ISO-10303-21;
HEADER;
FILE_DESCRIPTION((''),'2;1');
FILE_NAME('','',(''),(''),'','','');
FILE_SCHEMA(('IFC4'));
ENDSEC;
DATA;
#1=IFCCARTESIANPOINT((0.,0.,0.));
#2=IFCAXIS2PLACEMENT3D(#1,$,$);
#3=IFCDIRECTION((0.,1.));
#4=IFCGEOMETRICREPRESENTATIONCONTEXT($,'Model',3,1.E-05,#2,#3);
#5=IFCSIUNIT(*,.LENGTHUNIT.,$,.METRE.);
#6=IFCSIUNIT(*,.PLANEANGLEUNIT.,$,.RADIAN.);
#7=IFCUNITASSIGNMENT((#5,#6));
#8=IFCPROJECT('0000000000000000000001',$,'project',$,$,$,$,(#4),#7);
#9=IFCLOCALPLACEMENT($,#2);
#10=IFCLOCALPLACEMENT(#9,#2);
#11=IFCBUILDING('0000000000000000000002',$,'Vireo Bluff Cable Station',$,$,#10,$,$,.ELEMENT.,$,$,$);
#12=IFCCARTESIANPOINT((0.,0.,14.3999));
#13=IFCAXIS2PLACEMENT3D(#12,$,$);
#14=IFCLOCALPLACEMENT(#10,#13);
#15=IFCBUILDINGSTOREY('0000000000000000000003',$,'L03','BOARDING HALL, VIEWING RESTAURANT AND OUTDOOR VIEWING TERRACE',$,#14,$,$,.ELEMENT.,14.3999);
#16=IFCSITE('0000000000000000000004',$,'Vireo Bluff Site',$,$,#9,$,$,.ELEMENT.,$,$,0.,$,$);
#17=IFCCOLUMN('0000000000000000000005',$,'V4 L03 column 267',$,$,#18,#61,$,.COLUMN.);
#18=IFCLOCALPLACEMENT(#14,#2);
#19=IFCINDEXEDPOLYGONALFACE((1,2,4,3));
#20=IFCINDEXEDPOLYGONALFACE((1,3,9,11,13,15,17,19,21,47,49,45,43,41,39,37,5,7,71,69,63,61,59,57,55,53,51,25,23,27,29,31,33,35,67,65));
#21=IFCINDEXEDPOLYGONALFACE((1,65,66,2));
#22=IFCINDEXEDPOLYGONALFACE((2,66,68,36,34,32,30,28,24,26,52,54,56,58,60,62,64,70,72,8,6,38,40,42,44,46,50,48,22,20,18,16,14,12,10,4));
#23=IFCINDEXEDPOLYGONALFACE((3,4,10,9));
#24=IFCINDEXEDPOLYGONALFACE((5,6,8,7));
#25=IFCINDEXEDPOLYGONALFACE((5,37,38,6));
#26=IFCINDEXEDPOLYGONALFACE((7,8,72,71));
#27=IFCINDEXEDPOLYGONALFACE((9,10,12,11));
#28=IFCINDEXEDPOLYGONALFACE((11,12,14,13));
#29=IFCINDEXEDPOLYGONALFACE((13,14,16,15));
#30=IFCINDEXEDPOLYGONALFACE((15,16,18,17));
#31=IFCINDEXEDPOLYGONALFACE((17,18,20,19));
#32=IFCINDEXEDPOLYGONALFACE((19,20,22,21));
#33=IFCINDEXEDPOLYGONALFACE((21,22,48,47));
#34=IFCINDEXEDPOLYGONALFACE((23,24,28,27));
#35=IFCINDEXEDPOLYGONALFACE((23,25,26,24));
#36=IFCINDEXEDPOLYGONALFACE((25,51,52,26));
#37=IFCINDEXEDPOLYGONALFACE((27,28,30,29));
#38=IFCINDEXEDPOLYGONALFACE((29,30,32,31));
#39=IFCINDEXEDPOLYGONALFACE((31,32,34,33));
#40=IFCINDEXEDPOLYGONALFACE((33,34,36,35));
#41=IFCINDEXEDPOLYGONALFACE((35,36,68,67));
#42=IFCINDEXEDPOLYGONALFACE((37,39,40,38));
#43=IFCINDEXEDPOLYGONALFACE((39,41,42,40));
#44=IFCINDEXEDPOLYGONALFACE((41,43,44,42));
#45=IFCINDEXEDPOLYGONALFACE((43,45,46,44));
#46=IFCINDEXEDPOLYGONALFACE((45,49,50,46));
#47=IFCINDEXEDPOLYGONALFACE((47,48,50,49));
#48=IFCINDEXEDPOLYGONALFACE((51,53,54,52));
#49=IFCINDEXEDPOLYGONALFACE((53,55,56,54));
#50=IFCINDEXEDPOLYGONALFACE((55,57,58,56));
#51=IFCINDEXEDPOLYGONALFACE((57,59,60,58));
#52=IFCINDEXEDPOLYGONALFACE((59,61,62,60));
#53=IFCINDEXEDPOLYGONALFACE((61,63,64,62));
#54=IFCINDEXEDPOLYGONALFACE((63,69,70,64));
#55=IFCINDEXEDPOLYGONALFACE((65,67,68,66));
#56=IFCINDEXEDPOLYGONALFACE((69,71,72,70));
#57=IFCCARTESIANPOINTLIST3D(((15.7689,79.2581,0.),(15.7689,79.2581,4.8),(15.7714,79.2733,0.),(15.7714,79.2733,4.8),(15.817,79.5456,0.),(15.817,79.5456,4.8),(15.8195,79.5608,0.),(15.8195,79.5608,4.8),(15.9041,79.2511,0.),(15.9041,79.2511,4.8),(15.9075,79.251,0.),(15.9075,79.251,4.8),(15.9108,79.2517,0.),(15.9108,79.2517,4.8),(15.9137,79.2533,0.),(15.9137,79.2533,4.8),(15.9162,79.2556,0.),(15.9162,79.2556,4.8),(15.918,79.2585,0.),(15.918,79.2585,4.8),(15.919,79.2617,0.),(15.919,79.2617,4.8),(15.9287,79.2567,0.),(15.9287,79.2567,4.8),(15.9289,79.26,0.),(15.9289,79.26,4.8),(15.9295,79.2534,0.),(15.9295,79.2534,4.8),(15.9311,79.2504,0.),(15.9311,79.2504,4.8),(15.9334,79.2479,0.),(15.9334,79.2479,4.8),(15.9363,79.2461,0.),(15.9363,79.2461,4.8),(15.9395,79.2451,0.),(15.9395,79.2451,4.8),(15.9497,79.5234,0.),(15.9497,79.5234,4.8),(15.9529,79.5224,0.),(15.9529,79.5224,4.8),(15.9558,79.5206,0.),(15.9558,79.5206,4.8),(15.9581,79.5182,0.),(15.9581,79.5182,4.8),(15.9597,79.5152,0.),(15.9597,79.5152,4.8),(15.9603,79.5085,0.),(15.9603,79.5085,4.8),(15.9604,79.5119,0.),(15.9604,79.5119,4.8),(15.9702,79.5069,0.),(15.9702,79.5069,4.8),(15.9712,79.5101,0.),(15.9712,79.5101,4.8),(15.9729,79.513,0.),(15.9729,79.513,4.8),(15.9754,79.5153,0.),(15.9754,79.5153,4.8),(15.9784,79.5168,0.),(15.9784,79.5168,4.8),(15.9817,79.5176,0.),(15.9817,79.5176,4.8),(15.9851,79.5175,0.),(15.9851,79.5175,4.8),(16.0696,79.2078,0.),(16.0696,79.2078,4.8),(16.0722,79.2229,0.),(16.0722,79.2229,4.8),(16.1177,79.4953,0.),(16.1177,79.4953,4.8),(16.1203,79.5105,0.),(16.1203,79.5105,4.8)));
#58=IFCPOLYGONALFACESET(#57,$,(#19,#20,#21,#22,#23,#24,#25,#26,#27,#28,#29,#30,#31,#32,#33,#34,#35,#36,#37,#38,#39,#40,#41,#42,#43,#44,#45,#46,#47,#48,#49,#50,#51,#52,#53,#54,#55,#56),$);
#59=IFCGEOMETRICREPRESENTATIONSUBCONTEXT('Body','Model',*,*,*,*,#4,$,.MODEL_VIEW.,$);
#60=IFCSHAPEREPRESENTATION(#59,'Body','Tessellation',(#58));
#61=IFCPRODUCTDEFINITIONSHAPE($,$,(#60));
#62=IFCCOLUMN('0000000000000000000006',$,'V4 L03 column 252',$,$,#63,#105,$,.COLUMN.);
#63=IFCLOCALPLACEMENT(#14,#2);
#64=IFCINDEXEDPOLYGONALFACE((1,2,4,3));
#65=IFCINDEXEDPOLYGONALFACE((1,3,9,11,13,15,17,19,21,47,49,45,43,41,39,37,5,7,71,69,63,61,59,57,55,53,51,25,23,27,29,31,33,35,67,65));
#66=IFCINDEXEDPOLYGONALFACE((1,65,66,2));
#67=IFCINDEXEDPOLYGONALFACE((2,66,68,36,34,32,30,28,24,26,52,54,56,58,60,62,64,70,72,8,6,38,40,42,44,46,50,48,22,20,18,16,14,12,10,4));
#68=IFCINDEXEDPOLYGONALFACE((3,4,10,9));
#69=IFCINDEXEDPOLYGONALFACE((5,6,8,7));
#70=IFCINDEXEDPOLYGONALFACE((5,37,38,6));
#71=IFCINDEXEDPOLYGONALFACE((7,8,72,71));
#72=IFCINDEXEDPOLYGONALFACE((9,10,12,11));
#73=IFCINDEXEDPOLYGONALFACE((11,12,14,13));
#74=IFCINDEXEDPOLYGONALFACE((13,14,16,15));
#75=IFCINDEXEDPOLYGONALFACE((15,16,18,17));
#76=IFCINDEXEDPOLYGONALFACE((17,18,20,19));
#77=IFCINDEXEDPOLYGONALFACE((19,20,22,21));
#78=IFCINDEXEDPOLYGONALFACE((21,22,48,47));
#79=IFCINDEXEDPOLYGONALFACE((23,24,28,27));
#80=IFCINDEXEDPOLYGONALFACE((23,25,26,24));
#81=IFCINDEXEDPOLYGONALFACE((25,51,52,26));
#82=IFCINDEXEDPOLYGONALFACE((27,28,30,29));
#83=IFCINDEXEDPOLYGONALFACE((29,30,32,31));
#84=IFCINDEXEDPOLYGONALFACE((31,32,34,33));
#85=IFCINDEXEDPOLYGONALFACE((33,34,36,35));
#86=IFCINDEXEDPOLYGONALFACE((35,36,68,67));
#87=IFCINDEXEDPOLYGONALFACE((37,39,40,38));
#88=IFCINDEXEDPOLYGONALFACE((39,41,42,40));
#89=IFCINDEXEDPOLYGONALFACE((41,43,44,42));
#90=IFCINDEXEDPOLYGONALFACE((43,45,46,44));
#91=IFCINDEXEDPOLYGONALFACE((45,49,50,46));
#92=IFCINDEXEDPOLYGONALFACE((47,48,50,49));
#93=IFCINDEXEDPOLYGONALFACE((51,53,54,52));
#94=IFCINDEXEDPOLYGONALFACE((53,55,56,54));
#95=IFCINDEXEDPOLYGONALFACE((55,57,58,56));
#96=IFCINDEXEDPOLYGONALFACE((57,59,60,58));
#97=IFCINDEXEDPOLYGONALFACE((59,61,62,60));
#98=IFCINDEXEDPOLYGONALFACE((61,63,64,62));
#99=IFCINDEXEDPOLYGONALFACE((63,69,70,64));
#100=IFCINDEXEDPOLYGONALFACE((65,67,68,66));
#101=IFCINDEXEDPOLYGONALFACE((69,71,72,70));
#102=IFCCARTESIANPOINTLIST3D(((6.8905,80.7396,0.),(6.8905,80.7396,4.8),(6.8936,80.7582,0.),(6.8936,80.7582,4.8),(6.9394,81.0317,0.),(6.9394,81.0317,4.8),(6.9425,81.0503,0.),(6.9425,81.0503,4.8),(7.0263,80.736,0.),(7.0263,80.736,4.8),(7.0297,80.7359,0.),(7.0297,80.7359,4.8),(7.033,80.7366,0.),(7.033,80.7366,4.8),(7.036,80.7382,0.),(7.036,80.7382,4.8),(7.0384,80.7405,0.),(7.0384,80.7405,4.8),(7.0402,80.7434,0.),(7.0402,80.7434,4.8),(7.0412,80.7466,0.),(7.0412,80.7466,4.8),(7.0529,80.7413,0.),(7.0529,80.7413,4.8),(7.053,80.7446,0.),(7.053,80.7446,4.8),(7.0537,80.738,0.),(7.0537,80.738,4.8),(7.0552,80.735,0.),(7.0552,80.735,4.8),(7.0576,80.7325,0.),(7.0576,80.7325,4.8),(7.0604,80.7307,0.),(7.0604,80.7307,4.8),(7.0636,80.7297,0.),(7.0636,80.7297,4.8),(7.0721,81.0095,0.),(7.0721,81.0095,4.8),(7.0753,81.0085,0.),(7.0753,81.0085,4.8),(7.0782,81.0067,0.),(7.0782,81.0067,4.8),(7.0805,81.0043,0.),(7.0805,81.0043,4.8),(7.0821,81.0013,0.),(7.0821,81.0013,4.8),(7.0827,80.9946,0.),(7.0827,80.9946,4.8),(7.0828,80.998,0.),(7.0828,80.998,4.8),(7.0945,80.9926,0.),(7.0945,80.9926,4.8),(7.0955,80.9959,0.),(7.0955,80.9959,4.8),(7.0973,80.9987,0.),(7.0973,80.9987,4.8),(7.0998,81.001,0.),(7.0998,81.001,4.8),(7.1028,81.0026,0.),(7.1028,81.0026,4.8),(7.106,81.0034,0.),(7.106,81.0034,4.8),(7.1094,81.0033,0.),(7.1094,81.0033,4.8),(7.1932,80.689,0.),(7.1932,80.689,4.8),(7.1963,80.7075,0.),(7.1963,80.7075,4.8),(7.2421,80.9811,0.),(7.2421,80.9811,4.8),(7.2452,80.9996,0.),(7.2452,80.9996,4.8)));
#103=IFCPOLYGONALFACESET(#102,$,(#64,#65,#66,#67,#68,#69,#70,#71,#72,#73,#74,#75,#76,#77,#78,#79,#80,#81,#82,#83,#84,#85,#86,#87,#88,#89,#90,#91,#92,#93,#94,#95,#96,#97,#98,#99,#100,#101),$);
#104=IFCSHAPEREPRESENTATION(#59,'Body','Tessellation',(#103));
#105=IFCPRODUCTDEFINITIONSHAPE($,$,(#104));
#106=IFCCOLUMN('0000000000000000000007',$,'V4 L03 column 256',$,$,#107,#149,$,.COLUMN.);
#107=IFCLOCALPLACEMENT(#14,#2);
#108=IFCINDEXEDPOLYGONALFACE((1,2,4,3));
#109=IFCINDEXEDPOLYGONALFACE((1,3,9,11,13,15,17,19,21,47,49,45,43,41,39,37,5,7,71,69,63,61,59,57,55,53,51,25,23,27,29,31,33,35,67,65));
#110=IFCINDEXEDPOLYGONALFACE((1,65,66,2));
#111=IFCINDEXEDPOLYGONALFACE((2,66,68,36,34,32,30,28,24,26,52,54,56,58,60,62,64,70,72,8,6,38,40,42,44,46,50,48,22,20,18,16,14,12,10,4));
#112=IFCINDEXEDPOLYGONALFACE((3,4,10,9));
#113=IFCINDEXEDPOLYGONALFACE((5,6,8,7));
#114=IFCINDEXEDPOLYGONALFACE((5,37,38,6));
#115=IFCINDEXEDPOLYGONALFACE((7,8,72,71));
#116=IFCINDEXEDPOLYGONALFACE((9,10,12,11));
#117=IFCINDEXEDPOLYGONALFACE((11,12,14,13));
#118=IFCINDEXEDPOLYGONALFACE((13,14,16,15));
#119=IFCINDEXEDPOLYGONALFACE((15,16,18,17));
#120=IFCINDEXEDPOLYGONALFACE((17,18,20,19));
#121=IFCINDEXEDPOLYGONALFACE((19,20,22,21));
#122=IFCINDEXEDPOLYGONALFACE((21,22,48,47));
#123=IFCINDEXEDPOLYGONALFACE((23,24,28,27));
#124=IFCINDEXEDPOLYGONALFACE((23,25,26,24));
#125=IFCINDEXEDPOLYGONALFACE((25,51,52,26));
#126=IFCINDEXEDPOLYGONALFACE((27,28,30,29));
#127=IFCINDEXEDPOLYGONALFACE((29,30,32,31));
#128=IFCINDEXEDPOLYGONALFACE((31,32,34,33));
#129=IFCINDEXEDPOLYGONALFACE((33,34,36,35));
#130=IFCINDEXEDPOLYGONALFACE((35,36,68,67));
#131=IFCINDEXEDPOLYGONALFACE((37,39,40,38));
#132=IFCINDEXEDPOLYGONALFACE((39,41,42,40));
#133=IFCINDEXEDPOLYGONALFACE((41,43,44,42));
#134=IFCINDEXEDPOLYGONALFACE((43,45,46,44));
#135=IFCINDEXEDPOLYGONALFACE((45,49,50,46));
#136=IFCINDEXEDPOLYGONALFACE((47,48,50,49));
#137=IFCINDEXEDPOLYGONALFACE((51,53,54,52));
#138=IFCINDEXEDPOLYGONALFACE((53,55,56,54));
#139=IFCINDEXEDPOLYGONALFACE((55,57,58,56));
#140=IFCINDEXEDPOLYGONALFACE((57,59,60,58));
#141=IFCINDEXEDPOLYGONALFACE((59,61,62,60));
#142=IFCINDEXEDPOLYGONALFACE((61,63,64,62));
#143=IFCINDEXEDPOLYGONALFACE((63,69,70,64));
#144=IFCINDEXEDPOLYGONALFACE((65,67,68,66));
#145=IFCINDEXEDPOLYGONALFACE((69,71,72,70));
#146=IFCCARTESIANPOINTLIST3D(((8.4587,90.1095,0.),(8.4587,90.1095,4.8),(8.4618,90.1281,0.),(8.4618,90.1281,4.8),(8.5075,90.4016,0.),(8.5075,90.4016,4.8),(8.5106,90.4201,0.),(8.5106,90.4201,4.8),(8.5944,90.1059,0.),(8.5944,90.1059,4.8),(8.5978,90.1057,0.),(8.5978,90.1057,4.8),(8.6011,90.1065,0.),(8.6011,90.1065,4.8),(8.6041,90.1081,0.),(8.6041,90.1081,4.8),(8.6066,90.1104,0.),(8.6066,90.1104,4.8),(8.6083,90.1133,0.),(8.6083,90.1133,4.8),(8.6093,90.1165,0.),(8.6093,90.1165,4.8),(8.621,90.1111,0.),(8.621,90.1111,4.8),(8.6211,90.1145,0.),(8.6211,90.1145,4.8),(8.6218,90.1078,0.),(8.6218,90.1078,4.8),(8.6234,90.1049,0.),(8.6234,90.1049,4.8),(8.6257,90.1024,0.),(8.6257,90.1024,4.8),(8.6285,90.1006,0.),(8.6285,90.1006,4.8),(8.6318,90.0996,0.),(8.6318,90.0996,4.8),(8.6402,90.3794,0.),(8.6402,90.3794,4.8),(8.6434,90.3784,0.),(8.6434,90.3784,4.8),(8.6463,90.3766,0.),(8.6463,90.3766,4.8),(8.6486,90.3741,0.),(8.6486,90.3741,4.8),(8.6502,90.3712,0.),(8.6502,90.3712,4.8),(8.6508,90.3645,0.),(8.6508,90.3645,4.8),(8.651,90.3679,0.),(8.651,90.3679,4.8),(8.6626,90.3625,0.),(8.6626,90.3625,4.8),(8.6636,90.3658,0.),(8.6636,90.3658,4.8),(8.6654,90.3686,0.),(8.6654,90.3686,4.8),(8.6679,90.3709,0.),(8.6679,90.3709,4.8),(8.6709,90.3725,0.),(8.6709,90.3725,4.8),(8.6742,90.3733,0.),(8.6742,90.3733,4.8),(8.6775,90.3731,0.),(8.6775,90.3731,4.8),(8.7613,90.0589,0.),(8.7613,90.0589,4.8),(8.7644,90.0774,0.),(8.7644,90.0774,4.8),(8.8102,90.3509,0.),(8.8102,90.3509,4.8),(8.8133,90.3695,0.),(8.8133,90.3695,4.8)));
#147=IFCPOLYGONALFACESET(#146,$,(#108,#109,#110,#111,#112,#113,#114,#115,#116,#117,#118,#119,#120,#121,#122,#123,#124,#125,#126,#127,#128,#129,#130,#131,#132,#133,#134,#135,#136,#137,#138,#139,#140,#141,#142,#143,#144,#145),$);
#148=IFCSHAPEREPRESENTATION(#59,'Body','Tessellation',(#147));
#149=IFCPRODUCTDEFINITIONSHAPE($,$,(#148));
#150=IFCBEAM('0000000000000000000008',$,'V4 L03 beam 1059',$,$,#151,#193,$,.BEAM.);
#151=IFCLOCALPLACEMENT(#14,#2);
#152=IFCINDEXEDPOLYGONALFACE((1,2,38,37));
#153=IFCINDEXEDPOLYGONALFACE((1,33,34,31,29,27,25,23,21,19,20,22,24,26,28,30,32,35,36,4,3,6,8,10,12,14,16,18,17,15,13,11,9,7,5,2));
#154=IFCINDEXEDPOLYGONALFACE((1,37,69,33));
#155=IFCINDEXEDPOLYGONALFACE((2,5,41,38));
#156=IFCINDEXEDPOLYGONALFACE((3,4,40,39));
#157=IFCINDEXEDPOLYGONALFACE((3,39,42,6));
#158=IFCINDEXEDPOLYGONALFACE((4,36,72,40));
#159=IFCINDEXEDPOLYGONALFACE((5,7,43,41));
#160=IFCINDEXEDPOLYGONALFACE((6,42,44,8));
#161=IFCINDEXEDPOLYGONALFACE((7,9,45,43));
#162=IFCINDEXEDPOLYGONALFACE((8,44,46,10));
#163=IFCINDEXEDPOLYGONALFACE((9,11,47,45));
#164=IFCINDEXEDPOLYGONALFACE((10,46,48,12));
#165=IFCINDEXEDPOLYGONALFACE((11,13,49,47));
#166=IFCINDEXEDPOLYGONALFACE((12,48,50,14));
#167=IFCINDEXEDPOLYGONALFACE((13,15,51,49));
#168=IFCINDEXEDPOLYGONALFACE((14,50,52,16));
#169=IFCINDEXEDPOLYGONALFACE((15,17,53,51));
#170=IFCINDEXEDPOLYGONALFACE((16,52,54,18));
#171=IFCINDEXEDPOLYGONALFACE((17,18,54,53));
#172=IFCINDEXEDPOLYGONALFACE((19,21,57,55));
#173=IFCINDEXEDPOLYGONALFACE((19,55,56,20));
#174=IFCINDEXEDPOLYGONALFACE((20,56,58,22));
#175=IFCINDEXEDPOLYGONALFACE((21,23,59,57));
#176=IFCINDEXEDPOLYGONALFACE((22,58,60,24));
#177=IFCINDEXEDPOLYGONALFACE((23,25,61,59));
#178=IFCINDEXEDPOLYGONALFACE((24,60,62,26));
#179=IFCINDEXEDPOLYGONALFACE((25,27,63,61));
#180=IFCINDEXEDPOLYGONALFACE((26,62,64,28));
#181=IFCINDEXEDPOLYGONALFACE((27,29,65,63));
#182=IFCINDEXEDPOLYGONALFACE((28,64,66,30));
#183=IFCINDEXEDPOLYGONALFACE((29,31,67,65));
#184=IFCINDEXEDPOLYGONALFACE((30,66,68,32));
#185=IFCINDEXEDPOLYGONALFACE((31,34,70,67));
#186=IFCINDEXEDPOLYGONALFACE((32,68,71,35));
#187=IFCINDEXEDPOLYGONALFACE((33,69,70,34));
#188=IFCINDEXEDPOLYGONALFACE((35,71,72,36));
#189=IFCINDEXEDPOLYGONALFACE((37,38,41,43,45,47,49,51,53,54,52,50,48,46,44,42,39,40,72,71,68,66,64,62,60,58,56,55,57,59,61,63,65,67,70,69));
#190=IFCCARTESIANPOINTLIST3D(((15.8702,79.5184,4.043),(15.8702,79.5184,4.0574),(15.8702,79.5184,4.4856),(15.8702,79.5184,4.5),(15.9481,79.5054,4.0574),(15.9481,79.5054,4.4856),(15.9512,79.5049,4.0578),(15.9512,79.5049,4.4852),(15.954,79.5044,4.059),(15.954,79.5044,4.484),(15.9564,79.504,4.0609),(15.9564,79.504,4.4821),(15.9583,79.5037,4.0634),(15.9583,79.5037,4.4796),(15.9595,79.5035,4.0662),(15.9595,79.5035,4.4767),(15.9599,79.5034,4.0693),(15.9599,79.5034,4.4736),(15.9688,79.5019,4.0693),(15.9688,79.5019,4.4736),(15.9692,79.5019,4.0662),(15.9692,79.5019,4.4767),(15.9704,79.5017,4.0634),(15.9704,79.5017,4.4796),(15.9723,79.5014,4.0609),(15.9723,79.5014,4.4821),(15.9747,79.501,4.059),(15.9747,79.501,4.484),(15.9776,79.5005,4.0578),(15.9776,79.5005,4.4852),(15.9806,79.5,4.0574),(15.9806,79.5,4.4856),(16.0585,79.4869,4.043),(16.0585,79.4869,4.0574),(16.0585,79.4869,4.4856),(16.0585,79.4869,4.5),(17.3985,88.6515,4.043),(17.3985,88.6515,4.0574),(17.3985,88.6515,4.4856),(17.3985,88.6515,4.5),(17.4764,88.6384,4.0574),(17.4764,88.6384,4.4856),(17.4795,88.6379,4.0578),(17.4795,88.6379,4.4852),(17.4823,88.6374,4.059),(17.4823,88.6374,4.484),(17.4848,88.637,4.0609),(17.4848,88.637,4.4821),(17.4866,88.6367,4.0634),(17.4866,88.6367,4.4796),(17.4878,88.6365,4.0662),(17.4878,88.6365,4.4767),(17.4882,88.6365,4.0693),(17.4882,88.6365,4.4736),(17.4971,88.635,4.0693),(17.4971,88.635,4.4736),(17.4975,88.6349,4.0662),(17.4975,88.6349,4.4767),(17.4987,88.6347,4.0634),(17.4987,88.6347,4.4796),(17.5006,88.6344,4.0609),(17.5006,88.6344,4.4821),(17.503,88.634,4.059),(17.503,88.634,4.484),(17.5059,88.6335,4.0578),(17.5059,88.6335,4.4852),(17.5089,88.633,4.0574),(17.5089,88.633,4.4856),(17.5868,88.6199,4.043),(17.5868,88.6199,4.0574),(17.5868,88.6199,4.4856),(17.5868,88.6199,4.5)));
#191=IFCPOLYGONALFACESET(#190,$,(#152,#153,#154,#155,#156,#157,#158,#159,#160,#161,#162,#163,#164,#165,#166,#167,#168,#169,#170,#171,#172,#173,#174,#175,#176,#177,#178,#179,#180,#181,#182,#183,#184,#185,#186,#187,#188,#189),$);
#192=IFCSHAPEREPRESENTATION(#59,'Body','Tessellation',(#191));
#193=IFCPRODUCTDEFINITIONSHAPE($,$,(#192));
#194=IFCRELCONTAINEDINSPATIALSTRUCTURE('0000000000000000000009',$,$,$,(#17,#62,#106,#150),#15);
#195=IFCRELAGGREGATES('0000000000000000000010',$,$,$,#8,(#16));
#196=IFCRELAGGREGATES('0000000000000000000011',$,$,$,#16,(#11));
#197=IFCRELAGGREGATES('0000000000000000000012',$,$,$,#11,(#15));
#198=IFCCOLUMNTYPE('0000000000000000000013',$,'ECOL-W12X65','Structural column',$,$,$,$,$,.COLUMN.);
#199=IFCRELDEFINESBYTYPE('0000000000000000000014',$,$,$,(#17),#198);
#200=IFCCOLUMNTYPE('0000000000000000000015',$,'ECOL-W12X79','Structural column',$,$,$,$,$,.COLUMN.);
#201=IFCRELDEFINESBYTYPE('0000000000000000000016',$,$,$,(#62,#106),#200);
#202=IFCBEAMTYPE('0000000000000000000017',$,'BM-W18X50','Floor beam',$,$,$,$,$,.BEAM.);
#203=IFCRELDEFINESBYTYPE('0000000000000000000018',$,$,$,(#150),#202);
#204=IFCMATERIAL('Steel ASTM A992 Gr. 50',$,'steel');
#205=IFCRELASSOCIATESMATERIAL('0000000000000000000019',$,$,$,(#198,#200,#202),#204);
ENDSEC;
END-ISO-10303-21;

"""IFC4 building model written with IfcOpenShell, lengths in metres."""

from ifc_helpers import new_model, si_unit, direction, frame, origin, origin_2d, place, context, subcontext, project, spatial, i_section, extrude, material, material_profile, profile_set, type_object, element, save


model = new_model("IFC4")

# Units and contexts
model_context = context("Model", 3, precision=1e-05, world=origin(), true_north=direction((0.0, 1.0)))
body_context = subcontext(model_context, "Body", "Model", "MODEL_VIEW")
ifc_project = project(units=[si_unit("LENGTHUNIT", "METRE"), si_unit("PLANEANGLEUNIT", "RADIAN")], contexts=[model_context])

# Site, building, storey
site_placement = place(None, origin())
site = spatial("IfcSite", under=ifc_project, at=site_placement, Name="Vireo Bluff Site", CompositionType="ELEMENT", RefElevation=0.0)
building_placement = place(site_placement, origin())
building = spatial("IfcBuilding", under=site, at=building_placement, Name="Vireo Bluff Cable Station", CompositionType="ELEMENT")
storey_placement = place(building_placement, frame((0.0, 0.0, 14.3999)))
storey = spatial("IfcBuildingStorey", under=building, at=storey_placement, Name="L03", Description="BOARDING HALL, VIEWING RESTAURANT AND OUTDOOR VIEWING TERRACE", CompositionType="ELEMENT", Elevation=14.3999)

# Columns
ifc_material_1 = material(Name="Steel ASTM A992 Gr. 50", Category="steel")
ifc_material_profile_1 = material_profile(ifc_material_1, i_section(OverallWidth=0.3049, OverallDepth=0.3069, WebThickness=0.01, FlangeThickness=0.0154, FilletRadius=0.0129, at=origin_2d()), Name="W12X65")
ifc_profile_set_1 = profile_set([ifc_material_profile_1], Name="Steel ASTM A992 Gr. 50")
column_type_1 = type_object("IfcColumnType", Name="ECOL-W12X65", Description="Structural column", PredefinedType="COLUMN", material=ifc_profile_set_1)
column_placement = place(storey_placement, frame((15.9446, 79.3843, 0.0), z_axis=(0.0, 0.0, 1.0), x_axis=(0.986286, -0.165048, 0.0)))
element("IfcColumn", 1, at=column_placement, inside=storey, type_object=column_type_1, Name="V4 L03 column 267", PredefinedType="COLUMN", context=body_context, shape_type="SweptSolid", body=[
    extrude(i_section(OverallWidth=0.3049, OverallDepth=0.3069, WebThickness=0.01, FlangeThickness=0.0154, FilletRadius=0.0129, at=origin_2d()), origin(), (0.0, 0.0, 1.0), 4.8),
])
ifc_material_profile_2 = material_profile(ifc_material_1, i_section(OverallWidth=0.3069, OverallDepth=0.3149, WebThickness=0.012, FlangeThickness=0.0188, FilletRadius=0.0129, at=origin_2d()), Name="W12X79")
ifc_profile_set_2 = profile_set([ifc_material_profile_2], Name="Steel ASTM A992 Gr. 50")
column_type_2 = type_object("IfcColumnType", Name="ECOL-W12X79", Description="Structural column", PredefinedType="COLUMN", material=ifc_profile_set_2)
for number, where, z_axis, x_axis, name in (
    (2, (7.0679, 80.8696, 0.0), (0.0, 0.0, 1.0), (0.986286, -0.165048, 0.0), "V4 L03 column 252"),
    (3, (8.636, 90.2395, 0.0), (0.0, 0.0, 1.0), (0.986286, -0.165048, 0.0), "V4 L03 column 256"),
):
    element("IfcColumn", number, at=place(storey_placement, frame(where, z_axis=z_axis, x_axis=x_axis)), inside=storey, type_object=column_type_2, Name=name, PredefinedType="COLUMN", context=body_context, shape_type="SweptSolid", body=[
        extrude(i_section(OverallWidth=0.3069, OverallDepth=0.3149, WebThickness=0.012, FlangeThickness=0.0188, FilletRadius=0.0129, at=origin_2d()), origin(), (0.0, 0.0, 1.0), 4.8),
    ])

# Beam
ifc_material_profile_3 = material_profile(ifc_material_1, i_section(OverallWidth=0.1909, OverallDepth=0.457, WebThickness=0.009, FlangeThickness=0.0144, FilletRadius=0.012, at=origin_2d()), Name="W18X50")
ifc_profile_set_3 = profile_set([ifc_material_profile_3], Name="Steel ASTM A992 Gr. 50")
beam_type_1 = type_object("IfcBeamType", Name="BM-W18X50", Description="Floor beam", PredefinedType="BEAM", material=ifc_profile_set_3)
beam_1_placement = place(storey_placement, frame((15.9644, 79.5027, 4.2715), z_axis=(0.165045, 0.986286, 0.0), x_axis=(-0.986286, 0.165045, 0.0)))
element("IfcBeam", 4, at=beam_1_placement, inside=storey, type_object=beam_type_1, Name="V4 L03 beam 1059", PredefinedType="BEAM", context=body_context, shape_type="SweptSolid", body=[
    extrude(i_section(OverallWidth=0.1909, OverallDepth=0.457, WebThickness=0.009, FlangeThickness=0.0144, FilletRadius=0.012, at=origin_2d()), origin(), (0.0, 0.0, 1.0), 9.26),
])

save(model, "model.ifc")
